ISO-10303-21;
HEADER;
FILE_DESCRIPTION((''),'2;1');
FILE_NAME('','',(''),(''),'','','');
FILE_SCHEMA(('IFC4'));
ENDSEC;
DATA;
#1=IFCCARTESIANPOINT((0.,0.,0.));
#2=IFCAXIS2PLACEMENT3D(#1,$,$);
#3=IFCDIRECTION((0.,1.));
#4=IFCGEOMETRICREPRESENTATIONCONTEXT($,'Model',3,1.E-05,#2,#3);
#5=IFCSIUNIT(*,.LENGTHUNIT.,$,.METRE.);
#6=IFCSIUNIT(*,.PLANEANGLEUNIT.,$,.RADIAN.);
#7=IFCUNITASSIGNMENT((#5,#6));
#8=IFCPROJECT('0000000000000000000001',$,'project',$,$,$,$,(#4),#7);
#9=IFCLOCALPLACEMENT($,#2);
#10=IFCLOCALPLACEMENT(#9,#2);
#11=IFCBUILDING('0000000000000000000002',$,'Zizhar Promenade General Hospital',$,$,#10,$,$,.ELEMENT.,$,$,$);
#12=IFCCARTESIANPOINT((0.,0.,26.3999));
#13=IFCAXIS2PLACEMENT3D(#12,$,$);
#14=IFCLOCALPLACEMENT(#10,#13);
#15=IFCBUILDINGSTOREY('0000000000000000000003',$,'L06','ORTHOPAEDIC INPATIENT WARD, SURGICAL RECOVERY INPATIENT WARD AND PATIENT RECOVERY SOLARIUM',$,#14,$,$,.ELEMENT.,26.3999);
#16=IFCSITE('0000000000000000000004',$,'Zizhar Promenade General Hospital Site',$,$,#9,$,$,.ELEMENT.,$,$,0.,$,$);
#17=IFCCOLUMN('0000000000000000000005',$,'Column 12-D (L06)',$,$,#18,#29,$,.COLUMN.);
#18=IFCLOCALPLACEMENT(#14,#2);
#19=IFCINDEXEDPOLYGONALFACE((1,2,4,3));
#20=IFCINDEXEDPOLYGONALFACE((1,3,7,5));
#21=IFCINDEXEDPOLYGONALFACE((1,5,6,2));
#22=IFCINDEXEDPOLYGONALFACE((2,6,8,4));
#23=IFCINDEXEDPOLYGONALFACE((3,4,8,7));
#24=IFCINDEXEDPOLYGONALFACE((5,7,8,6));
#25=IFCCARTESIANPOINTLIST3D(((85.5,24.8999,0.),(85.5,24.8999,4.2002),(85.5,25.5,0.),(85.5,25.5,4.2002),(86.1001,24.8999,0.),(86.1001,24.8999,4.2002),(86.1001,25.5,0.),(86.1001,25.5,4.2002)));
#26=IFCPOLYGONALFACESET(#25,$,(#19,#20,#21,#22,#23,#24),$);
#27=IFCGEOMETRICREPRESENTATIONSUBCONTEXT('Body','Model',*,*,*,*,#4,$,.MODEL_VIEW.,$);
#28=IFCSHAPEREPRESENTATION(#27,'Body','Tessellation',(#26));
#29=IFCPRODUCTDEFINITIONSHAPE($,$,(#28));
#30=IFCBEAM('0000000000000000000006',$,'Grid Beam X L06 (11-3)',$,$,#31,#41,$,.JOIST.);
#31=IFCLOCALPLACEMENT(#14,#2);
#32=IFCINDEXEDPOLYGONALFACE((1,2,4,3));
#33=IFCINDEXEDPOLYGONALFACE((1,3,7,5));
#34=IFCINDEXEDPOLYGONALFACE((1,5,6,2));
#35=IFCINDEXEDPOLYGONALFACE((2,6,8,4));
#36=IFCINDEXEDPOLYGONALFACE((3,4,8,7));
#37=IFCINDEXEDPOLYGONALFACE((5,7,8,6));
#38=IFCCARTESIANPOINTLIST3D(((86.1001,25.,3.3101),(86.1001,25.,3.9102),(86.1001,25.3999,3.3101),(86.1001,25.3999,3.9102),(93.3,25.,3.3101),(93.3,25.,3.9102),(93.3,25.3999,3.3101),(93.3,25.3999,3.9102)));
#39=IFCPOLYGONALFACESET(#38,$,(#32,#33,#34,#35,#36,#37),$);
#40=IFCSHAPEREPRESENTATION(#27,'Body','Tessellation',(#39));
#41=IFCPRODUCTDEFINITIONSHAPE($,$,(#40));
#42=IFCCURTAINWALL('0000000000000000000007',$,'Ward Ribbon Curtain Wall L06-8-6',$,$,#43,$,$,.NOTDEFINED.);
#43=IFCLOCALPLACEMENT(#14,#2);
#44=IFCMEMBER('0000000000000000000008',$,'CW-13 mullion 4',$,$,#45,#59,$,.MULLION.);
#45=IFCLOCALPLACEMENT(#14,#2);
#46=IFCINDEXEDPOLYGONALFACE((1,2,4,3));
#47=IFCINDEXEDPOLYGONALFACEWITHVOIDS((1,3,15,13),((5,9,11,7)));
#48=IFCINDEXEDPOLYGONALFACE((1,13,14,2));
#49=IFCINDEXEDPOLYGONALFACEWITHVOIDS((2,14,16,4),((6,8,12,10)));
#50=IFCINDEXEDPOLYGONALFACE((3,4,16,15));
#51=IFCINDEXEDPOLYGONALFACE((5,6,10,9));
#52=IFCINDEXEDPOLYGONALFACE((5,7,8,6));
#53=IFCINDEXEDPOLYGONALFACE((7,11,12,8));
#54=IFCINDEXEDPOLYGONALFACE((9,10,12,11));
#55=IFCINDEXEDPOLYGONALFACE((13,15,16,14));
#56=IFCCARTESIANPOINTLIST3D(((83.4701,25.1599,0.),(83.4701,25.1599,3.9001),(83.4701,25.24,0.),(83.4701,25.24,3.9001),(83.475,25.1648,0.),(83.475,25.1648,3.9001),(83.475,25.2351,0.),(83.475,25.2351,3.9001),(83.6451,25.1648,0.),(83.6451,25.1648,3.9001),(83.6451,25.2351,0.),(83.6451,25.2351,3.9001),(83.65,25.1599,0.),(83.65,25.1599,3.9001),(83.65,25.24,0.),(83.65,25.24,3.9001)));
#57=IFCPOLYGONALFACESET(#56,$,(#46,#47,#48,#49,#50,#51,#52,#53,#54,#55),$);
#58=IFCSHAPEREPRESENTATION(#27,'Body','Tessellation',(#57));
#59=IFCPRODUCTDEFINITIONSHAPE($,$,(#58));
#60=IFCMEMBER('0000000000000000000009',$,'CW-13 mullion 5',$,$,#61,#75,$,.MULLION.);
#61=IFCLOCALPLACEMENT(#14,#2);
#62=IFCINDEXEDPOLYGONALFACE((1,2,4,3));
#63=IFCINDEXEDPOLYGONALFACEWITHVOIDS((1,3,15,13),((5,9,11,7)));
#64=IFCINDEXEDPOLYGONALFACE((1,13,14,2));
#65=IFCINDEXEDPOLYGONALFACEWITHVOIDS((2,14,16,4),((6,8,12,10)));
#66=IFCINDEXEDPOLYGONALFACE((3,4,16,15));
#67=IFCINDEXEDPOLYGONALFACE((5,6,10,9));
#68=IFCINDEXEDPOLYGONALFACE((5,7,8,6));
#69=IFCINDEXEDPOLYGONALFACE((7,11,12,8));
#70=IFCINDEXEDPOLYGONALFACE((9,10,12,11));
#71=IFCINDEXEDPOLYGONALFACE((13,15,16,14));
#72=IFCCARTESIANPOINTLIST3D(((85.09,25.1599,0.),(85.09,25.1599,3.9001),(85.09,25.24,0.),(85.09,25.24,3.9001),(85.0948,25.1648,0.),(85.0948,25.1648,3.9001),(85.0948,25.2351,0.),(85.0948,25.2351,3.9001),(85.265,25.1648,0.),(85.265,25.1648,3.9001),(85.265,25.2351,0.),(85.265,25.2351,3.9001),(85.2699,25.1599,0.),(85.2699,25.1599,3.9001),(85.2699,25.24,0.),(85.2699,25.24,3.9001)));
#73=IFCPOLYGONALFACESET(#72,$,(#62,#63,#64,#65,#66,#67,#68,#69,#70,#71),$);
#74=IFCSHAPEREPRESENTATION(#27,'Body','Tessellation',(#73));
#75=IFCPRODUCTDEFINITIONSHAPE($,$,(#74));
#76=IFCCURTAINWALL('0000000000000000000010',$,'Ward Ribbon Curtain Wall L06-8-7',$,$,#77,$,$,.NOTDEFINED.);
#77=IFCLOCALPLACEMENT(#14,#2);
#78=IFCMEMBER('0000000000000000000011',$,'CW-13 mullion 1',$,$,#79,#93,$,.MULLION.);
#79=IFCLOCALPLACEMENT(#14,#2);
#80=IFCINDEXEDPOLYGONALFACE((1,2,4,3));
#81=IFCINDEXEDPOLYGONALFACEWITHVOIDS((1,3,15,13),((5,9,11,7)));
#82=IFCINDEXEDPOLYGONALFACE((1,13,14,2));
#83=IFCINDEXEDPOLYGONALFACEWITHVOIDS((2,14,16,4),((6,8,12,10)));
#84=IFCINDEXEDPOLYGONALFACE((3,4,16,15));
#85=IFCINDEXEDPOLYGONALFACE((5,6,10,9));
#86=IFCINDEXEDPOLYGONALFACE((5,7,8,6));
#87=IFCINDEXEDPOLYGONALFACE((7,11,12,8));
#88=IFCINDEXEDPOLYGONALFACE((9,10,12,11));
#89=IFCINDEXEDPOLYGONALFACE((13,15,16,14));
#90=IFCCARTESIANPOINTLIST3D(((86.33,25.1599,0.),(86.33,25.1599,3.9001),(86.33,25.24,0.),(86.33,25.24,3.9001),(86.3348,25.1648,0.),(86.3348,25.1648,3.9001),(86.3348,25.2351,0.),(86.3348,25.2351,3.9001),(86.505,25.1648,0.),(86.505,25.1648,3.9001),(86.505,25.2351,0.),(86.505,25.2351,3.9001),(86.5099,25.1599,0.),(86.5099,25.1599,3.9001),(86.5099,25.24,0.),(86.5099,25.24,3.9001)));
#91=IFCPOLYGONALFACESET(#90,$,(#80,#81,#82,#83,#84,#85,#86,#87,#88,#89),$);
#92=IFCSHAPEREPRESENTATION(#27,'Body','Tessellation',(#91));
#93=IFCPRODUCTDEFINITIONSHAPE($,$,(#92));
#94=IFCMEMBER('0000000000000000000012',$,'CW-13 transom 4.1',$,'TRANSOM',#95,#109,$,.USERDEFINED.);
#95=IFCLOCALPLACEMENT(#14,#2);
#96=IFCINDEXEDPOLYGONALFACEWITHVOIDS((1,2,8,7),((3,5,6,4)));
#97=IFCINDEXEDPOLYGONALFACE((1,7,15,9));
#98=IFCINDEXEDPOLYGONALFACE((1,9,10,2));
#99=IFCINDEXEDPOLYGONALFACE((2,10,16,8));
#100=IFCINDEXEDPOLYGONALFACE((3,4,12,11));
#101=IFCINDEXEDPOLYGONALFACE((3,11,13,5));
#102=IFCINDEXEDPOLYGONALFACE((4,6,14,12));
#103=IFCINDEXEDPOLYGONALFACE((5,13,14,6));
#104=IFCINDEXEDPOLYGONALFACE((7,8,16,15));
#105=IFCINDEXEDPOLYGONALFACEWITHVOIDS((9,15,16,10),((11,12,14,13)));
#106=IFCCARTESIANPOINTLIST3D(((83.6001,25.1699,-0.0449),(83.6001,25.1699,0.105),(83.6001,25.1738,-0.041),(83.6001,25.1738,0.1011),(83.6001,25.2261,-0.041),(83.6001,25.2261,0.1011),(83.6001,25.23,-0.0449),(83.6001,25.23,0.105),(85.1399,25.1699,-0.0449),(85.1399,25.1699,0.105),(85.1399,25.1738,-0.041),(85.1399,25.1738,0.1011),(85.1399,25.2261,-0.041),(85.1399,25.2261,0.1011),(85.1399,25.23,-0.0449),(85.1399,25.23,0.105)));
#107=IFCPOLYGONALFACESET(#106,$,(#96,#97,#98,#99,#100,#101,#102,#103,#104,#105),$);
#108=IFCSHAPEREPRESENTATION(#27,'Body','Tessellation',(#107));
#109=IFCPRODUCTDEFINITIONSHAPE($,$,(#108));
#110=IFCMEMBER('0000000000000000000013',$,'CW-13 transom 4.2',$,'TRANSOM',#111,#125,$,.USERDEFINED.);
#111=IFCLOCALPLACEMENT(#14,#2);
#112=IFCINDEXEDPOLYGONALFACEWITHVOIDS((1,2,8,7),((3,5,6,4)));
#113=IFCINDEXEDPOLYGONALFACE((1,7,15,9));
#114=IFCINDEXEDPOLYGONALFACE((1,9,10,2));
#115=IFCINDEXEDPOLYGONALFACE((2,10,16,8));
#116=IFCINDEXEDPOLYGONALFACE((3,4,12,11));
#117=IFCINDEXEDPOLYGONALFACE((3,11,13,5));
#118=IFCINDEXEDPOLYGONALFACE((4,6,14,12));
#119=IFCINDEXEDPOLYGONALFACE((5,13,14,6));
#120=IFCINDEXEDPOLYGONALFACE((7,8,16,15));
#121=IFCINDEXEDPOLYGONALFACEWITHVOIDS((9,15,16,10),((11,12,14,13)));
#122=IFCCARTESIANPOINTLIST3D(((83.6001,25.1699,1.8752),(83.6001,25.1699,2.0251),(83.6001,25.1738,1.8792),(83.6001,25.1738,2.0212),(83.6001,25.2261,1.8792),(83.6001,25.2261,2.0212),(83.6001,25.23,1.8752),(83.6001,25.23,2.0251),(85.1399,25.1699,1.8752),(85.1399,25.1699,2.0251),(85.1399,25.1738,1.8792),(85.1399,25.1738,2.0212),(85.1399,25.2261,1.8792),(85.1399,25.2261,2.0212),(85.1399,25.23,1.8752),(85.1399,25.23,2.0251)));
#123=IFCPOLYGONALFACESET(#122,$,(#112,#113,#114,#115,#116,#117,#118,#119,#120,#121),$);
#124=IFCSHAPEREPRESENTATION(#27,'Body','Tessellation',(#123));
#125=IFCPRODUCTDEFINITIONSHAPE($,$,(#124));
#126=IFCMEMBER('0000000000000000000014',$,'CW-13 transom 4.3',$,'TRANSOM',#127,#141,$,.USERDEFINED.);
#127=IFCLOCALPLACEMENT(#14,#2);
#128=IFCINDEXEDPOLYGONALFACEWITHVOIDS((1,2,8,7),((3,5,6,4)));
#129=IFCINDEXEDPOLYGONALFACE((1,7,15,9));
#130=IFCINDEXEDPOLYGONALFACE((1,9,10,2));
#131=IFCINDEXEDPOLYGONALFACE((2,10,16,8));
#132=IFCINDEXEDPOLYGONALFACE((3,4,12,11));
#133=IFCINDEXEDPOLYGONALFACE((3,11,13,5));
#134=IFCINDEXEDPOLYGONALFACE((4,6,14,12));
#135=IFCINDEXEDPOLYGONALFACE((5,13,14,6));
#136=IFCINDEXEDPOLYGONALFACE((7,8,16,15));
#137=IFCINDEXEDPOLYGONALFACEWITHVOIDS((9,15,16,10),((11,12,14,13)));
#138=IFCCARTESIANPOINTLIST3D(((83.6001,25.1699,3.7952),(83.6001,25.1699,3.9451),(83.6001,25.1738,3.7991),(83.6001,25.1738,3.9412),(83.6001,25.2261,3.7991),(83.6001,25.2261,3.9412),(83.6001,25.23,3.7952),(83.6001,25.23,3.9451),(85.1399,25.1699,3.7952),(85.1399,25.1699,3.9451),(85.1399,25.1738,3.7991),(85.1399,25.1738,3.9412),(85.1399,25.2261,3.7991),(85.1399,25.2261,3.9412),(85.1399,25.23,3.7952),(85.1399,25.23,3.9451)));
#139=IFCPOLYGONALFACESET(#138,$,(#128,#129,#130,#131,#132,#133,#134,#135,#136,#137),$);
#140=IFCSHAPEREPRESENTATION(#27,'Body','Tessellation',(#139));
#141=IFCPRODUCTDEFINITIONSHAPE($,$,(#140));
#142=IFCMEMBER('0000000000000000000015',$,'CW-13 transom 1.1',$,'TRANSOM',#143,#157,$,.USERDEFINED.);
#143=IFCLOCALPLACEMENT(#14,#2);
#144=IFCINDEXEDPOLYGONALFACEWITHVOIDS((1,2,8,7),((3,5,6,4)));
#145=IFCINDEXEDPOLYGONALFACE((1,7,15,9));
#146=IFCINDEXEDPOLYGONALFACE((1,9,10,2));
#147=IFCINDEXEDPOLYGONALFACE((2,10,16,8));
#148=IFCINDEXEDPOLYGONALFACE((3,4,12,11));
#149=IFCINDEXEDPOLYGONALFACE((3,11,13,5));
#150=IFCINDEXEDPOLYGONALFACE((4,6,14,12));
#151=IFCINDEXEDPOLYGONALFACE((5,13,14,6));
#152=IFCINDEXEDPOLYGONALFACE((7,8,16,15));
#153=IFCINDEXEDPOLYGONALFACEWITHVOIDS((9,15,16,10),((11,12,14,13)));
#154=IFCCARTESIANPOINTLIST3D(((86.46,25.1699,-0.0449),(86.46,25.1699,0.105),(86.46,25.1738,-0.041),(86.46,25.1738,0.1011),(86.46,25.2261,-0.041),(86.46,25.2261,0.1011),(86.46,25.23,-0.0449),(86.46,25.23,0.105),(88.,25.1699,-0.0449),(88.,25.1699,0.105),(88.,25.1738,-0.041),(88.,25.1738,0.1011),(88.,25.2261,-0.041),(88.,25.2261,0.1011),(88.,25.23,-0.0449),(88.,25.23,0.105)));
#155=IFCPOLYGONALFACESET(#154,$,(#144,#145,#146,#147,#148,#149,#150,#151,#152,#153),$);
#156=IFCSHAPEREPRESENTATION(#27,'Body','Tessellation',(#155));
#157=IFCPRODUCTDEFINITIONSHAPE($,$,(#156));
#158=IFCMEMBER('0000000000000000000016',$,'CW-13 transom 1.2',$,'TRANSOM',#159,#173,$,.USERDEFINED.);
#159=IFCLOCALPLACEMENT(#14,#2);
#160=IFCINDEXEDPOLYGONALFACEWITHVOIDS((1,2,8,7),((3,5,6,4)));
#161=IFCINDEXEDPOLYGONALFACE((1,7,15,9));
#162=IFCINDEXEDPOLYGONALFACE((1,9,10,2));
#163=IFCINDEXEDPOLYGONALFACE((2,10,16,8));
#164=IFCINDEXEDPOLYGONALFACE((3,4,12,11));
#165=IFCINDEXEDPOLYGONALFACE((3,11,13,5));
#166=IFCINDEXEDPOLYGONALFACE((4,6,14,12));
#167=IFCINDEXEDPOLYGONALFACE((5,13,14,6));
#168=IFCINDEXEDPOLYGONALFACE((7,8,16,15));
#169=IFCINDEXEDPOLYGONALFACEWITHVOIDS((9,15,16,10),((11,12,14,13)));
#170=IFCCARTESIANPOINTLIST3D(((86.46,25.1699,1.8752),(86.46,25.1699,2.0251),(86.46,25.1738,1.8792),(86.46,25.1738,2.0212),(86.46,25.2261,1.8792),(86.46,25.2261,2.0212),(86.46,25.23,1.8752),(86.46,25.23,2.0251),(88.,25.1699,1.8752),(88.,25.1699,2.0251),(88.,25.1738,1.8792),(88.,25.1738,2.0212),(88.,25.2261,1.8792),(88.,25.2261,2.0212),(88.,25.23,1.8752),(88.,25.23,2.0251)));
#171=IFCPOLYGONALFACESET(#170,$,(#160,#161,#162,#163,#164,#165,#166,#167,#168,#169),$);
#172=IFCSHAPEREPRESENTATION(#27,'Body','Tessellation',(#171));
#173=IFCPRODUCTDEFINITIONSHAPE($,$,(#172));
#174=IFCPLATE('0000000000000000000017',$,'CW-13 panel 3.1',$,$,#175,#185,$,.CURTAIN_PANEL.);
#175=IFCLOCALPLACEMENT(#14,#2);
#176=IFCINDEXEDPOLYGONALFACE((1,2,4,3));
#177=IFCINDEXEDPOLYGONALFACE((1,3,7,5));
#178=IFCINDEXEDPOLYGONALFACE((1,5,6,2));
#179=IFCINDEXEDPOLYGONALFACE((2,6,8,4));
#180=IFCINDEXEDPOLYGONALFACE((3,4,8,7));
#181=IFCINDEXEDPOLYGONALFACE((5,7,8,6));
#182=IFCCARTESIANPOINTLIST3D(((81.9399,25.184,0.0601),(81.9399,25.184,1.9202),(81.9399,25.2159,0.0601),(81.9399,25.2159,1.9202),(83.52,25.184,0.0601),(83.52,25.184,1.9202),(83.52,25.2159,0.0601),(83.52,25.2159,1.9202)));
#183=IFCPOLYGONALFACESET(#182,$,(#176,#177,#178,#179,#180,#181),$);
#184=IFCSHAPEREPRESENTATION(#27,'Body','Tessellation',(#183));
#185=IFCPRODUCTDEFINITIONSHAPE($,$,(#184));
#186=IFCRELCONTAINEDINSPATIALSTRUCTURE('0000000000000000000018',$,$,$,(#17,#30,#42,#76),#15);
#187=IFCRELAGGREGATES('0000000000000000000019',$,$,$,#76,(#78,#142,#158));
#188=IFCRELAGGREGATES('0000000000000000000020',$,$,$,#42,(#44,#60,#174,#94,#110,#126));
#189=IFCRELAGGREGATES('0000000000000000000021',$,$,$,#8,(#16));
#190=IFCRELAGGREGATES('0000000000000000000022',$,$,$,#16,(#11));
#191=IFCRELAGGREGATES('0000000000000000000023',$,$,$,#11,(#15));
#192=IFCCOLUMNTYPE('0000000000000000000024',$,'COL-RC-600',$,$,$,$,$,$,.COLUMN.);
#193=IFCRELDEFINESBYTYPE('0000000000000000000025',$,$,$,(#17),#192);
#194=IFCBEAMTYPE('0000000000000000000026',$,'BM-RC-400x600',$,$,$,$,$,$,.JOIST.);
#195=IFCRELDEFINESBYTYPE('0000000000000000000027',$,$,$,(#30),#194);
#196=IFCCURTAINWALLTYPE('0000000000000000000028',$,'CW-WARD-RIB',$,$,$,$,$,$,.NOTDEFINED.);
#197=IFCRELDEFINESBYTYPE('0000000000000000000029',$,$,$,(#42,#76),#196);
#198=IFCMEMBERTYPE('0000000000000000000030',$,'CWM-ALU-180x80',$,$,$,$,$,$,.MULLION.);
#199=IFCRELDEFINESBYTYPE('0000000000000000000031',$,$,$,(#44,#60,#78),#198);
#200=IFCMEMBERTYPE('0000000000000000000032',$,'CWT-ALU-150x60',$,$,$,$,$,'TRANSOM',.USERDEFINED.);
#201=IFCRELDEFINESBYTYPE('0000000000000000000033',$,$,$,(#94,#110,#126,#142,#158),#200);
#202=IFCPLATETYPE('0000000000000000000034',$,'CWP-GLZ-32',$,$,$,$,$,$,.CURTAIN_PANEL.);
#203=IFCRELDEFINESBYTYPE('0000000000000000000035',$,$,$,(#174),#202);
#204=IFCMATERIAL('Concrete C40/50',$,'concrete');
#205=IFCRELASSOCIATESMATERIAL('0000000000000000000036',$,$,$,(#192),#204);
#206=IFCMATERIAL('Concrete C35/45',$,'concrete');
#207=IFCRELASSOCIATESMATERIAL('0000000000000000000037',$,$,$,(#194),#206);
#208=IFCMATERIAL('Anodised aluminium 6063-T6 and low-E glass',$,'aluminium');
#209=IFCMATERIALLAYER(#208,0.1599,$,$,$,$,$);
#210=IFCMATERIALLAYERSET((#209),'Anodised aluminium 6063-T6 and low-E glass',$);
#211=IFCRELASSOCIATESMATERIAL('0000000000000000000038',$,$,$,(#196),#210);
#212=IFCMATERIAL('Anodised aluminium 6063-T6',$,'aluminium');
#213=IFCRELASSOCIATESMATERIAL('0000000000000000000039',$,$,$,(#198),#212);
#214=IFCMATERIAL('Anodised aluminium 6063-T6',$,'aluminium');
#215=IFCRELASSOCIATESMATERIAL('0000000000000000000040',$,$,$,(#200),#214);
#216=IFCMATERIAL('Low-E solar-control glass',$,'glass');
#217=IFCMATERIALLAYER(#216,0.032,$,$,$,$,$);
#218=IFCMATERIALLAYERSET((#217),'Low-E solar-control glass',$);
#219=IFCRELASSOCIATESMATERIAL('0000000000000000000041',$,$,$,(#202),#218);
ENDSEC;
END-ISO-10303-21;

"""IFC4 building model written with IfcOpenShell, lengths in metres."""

from ifc_helpers import new_model, si_unit, direction, frame, origin, origin_2d, place, context, subcontext, project, spatial, rectangle, hollow_rectangle, extrude, material, layer, layer_set, material_profile, profile_set, type_object, element, aggregate, save


model = new_model("IFC4")

# Units and contexts
model_context = context("Model", 3, precision=1e-05, world=origin(), true_north=direction((0.0, 1.0)))
body_context = subcontext(model_context, "Body", "Model", "MODEL_VIEW")
ifc_project = project(units=[si_unit("LENGTHUNIT", "METRE"), si_unit("PLANEANGLEUNIT", "RADIAN")], contexts=[model_context])

# Site, building, storey
site_placement = place(None, origin())
site = spatial("IfcSite", under=ifc_project, at=site_placement, Name="Zizhar Promenade General Hospital Site", CompositionType="ELEMENT", RefElevation=0.0)
building_placement = place(site_placement, origin())
building = spatial("IfcBuilding", under=site, at=building_placement, Name="Zizhar Promenade General Hospital", CompositionType="ELEMENT")
storey_placement = place(building_placement, frame((0.0, 0.0, 26.3999)))
storey = spatial("IfcBuildingStorey", under=building, at=storey_placement, Name="L06", Description="ORTHOPAEDIC INPATIENT WARD, SURGICAL RECOVERY INPATIENT WARD AND PATIENT RECOVERY SOLARIUM", CompositionType="ELEMENT", Elevation=26.3999)

# Column
ifc_material_1 = material(Name="Concrete C40/50", Category="concrete")
ifc_material_profile_1 = material_profile(ifc_material_1, rectangle(XDim=0.6001, YDim=0.6001, at=origin_2d()))
ifc_profile_set_1 = profile_set([ifc_material_profile_1], Name="Concrete C40/50")
column_type = type_object("IfcColumnType", Name="COL-RC-600", PredefinedType="COLUMN", material=ifc_profile_set_1)
column_placement = place(storey_placement, frame((85.8, 25.2, 0.0), z_axis=(0.0, 0.0, 1.0), x_axis=(1.0, 0.0, 0.0)))
element("IfcColumn", 1, at=column_placement, inside=storey, type_object=column_type, Name="Column 12-D (L06)", PredefinedType="COLUMN", context=body_context, shape_type="SweptSolid", body=[
    extrude(rectangle(XDim=0.6001, YDim=0.6001, at=origin_2d()), origin(), (0.0, 0.0, 1.0), 4.2002),
])

# Beam
ifc_material_2 = material(Name="Concrete C35/45", Category="concrete")
ifc_material_profile_2 = material_profile(ifc_material_2, rectangle(XDim=0.3999, YDim=0.6001, at=origin_2d()))
ifc_profile_set_2 = profile_set([ifc_material_profile_2], Name="Concrete C35/45")
beam_type = type_object("IfcBeamType", Name="BM-RC-400x600", PredefinedType="JOIST", material=ifc_profile_set_2)
beam_placement = place(storey_placement, frame((86.1001, 25.2, 3.6101), z_axis=(1.0, 0.0, 0.0), x_axis=(0.0, 1.0, 0.0)))
element("IfcBeam", 2, at=beam_placement, inside=storey, type_object=beam_type, Name="Grid Beam X L06 (11-3)", PredefinedType="JOIST", context=body_context, shape_type="SweptSolid", body=[
    extrude(rectangle(XDim=0.3999, YDim=0.6001, at=origin_2d()), origin(), (0.0, 0.0, 1.0), 7.2),
])

# Curtain wall, members
ifc_material_3 = material(Name="Anodised aluminium 6063-T6 and low-E glass", Category="aluminium")
ifc_layer_1 = layer(ifc_material_3, 0.1599)
ifc_layer_set_1 = layer_set([ifc_layer_1], Name="Anodised aluminium 6063-T6 and low-E glass")
curtain_wall_type = type_object("IfcCurtainWallType", Name="CW-WARD-RIB", PredefinedType="NOTDEFINED", material=ifc_layer_set_1)
curtain_wall_1_placement = place(storey_placement, origin())
curtain_wall_1 = element("IfcCurtainWall", 3, at=curtain_wall_1_placement, inside=storey, type_object=curtain_wall_type, Name="Ward Ribbon Curtain Wall L06-8-6", PredefinedType="NOTDEFINED")
ifc_material_4 = material(Name="Anodised aluminium 6063-T6", Category="aluminium")
ifc_material_profile_3 = material_profile(ifc_material_4, hollow_rectangle(XDim=0.0801, YDim=0.1799, WallThickness=0.0049, at=origin_2d()))
ifc_profile_set_3 = profile_set([ifc_material_profile_3], Name="Anodised aluminium 6063-T6")
member_type_1 = type_object("IfcMemberType", Name="CWM-ALU-180x80", PredefinedType="MULLION", material=ifc_profile_set_3)
member_1_placement = place(storey_placement, frame((83.5601, 25.2, 0.0), z_axis=(0.0, 0.0, 1.0), x_axis=(0.0, 1.0, 0.0)))
member_1 = element("IfcMember", 4, at=member_1_placement, type_object=member_type_1, Name="CW-13 mullion 4", PredefinedType="MULLION", context=body_context, shape_type="SweptSolid", body=[
    extrude(hollow_rectangle(XDim=0.0801, YDim=0.1799, WallThickness=0.0049, at=origin_2d()), origin(), (0.0, 0.0, 1.0), 3.9001),
])
member_2_placement = place(storey_placement, frame((85.1799, 25.2, 0.0), z_axis=(0.0, 0.0, 1.0), x_axis=(0.0, 1.0, 0.0)))
member_2 = element("IfcMember", 5, at=member_2_placement, type_object=member_type_1, Name="CW-13 mullion 5", PredefinedType="MULLION", context=body_context, shape_type="SweptSolid", body=[
    extrude(hollow_rectangle(XDim=0.0801, YDim=0.1799, WallThickness=0.0049, at=origin_2d()), origin(), (0.0, 0.0, 1.0), 3.9001),
])

# Curtain wall, member
curtain_wall_2_placement = place(storey_placement, origin())
curtain_wall_2 = element("IfcCurtainWall", 6, at=curtain_wall_2_placement, inside=storey, type_object=curtain_wall_type, Name="Ward Ribbon Curtain Wall L06-8-7", PredefinedType="NOTDEFINED")
member_3_placement = place(storey_placement, frame((86.4199, 25.2, 0.0), z_axis=(0.0, 0.0, 1.0), x_axis=(0.0, 1.0, 0.0)))
member_3 = element("IfcMember", 7, at=member_3_placement, type_object=member_type_1, Name="CW-13 mullion 1", PredefinedType="MULLION", context=body_context, shape_type="SweptSolid", body=[
    extrude(hollow_rectangle(XDim=0.0801, YDim=0.1799, WallThickness=0.0049, at=origin_2d()), origin(), (0.0, 0.0, 1.0), 3.9001),
])

# Members
ifc_material_5 = material(Name="Anodised aluminium 6063-T6", Category="aluminium")
ifc_material_profile_4 = material_profile(ifc_material_5, hollow_rectangle(XDim=0.0601, YDim=0.1499, WallThickness=0.0039, at=origin_2d()))
ifc_profile_set_4 = profile_set([ifc_material_profile_4], Name="Anodised aluminium 6063-T6")
member_type_2 = type_object("IfcMemberType", Name="CWT-ALU-150x60", ElementType="TRANSOM", PredefinedType="USERDEFINED", material=ifc_profile_set_4)
member_4_placement = place(storey_placement, frame((83.6001, 25.2, 0.03), z_axis=(1.0, 0.0, 0.0), x_axis=(0.0, 1.0, 0.0)))
member_4 = element("IfcMember", 8, at=member_4_placement, type_object=member_type_2, Name="CW-13 transom 4.1", ObjectType="TRANSOM", PredefinedType="USERDEFINED", context=body_context, shape_type="SweptSolid", body=[
    extrude(hollow_rectangle(XDim=0.0601, YDim=0.1499, WallThickness=0.0039, at=origin_2d()), origin(), (0.0, 0.0, 1.0), 1.5398),
])
member_5_placement = place(storey_placement, frame((83.6001, 25.2, 1.9502), z_axis=(1.0, 0.0, 0.0), x_axis=(0.0, 1.0, 0.0)))
member_5 = element("IfcMember", 9, at=member_5_placement, type_object=member_type_2, Name="CW-13 transom 4.2", ObjectType="TRANSOM", PredefinedType="USERDEFINED", context=body_context, shape_type="SweptSolid", body=[
    extrude(hollow_rectangle(XDim=0.0601, YDim=0.1499, WallThickness=0.0039, at=origin_2d()), origin(), (0.0, 0.0, 1.0), 1.5398),
])
member_6_placement = place(storey_placement, frame((83.6001, 25.2, 3.8701), z_axis=(1.0, 0.0, 0.0), x_axis=(0.0, 1.0, 0.0)))
member_6 = element("IfcMember", 10, at=member_6_placement, type_object=member_type_2, Name="CW-13 transom 4.3", ObjectType="TRANSOM", PredefinedType="USERDEFINED", context=body_context, shape_type="SweptSolid", body=[
    extrude(hollow_rectangle(XDim=0.0601, YDim=0.1499, WallThickness=0.0039, at=origin_2d()), origin(), (0.0, 0.0, 1.0), 1.5398),
])
member_7_placement = place(storey_placement, frame((86.46, 25.2, 0.03), z_axis=(1.0, 0.0, 0.0), x_axis=(0.0, 1.0, 0.0)))
member_7 = element("IfcMember", 11, at=member_7_placement, type_object=member_type_2, Name="CW-13 transom 1.1", ObjectType="TRANSOM", PredefinedType="USERDEFINED", context=body_context, shape_type="SweptSolid", body=[
    extrude(hollow_rectangle(XDim=0.0601, YDim=0.1499, WallThickness=0.0039, at=origin_2d()), origin(), (0.0, 0.0, 1.0), 1.54),
])
member_8_placement = place(storey_placement, frame((86.46, 25.2, 1.9502), z_axis=(1.0, 0.0, 0.0), x_axis=(0.0, 1.0, 0.0)))
member_8 = element("IfcMember", 12, at=member_8_placement, type_object=member_type_2, Name="CW-13 transom 1.2", ObjectType="TRANSOM", PredefinedType="USERDEFINED", context=body_context, shape_type="SweptSolid", body=[
    extrude(hollow_rectangle(XDim=0.0601, YDim=0.1499, WallThickness=0.0039, at=origin_2d()), origin(), (0.0, 0.0, 1.0), 1.54),
])
aggregate(curtain_wall_2, [member_3, member_7, member_8])

# Plate
ifc_material_6 = material(Name="Low-E solar-control glass", Category="glass")
ifc_layer_2 = layer(ifc_material_6, 0.032)
ifc_layer_set_2 = layer_set([ifc_layer_2], Name="Low-E solar-control glass")
plate_type = type_object("IfcPlateType", Name="CWP-GLZ-32", PredefinedType="CURTAIN_PANEL", material=ifc_layer_set_2)
plate_1_placement = place(storey_placement, frame((82.73, 25.2, 0.0601), z_axis=(0.0, 0.0, 1.0), x_axis=(1.0, 0.0, 0.0)))
plate_1 = element("IfcPlate", 13, at=plate_1_placement, type_object=plate_type, Name="CW-13 panel 3.1", PredefinedType="CURTAIN_PANEL", context=body_context, shape_type="SweptSolid", body=[
    extrude(rectangle(XDim=1.5801, YDim=0.032, at=origin_2d()), origin(), (0.0, 0.0, 1.0), 1.8601),
])
aggregate(curtain_wall_1, [member_1, member_2, plate_1, member_4, member_5, member_6])

save(model, "model.ifc")
